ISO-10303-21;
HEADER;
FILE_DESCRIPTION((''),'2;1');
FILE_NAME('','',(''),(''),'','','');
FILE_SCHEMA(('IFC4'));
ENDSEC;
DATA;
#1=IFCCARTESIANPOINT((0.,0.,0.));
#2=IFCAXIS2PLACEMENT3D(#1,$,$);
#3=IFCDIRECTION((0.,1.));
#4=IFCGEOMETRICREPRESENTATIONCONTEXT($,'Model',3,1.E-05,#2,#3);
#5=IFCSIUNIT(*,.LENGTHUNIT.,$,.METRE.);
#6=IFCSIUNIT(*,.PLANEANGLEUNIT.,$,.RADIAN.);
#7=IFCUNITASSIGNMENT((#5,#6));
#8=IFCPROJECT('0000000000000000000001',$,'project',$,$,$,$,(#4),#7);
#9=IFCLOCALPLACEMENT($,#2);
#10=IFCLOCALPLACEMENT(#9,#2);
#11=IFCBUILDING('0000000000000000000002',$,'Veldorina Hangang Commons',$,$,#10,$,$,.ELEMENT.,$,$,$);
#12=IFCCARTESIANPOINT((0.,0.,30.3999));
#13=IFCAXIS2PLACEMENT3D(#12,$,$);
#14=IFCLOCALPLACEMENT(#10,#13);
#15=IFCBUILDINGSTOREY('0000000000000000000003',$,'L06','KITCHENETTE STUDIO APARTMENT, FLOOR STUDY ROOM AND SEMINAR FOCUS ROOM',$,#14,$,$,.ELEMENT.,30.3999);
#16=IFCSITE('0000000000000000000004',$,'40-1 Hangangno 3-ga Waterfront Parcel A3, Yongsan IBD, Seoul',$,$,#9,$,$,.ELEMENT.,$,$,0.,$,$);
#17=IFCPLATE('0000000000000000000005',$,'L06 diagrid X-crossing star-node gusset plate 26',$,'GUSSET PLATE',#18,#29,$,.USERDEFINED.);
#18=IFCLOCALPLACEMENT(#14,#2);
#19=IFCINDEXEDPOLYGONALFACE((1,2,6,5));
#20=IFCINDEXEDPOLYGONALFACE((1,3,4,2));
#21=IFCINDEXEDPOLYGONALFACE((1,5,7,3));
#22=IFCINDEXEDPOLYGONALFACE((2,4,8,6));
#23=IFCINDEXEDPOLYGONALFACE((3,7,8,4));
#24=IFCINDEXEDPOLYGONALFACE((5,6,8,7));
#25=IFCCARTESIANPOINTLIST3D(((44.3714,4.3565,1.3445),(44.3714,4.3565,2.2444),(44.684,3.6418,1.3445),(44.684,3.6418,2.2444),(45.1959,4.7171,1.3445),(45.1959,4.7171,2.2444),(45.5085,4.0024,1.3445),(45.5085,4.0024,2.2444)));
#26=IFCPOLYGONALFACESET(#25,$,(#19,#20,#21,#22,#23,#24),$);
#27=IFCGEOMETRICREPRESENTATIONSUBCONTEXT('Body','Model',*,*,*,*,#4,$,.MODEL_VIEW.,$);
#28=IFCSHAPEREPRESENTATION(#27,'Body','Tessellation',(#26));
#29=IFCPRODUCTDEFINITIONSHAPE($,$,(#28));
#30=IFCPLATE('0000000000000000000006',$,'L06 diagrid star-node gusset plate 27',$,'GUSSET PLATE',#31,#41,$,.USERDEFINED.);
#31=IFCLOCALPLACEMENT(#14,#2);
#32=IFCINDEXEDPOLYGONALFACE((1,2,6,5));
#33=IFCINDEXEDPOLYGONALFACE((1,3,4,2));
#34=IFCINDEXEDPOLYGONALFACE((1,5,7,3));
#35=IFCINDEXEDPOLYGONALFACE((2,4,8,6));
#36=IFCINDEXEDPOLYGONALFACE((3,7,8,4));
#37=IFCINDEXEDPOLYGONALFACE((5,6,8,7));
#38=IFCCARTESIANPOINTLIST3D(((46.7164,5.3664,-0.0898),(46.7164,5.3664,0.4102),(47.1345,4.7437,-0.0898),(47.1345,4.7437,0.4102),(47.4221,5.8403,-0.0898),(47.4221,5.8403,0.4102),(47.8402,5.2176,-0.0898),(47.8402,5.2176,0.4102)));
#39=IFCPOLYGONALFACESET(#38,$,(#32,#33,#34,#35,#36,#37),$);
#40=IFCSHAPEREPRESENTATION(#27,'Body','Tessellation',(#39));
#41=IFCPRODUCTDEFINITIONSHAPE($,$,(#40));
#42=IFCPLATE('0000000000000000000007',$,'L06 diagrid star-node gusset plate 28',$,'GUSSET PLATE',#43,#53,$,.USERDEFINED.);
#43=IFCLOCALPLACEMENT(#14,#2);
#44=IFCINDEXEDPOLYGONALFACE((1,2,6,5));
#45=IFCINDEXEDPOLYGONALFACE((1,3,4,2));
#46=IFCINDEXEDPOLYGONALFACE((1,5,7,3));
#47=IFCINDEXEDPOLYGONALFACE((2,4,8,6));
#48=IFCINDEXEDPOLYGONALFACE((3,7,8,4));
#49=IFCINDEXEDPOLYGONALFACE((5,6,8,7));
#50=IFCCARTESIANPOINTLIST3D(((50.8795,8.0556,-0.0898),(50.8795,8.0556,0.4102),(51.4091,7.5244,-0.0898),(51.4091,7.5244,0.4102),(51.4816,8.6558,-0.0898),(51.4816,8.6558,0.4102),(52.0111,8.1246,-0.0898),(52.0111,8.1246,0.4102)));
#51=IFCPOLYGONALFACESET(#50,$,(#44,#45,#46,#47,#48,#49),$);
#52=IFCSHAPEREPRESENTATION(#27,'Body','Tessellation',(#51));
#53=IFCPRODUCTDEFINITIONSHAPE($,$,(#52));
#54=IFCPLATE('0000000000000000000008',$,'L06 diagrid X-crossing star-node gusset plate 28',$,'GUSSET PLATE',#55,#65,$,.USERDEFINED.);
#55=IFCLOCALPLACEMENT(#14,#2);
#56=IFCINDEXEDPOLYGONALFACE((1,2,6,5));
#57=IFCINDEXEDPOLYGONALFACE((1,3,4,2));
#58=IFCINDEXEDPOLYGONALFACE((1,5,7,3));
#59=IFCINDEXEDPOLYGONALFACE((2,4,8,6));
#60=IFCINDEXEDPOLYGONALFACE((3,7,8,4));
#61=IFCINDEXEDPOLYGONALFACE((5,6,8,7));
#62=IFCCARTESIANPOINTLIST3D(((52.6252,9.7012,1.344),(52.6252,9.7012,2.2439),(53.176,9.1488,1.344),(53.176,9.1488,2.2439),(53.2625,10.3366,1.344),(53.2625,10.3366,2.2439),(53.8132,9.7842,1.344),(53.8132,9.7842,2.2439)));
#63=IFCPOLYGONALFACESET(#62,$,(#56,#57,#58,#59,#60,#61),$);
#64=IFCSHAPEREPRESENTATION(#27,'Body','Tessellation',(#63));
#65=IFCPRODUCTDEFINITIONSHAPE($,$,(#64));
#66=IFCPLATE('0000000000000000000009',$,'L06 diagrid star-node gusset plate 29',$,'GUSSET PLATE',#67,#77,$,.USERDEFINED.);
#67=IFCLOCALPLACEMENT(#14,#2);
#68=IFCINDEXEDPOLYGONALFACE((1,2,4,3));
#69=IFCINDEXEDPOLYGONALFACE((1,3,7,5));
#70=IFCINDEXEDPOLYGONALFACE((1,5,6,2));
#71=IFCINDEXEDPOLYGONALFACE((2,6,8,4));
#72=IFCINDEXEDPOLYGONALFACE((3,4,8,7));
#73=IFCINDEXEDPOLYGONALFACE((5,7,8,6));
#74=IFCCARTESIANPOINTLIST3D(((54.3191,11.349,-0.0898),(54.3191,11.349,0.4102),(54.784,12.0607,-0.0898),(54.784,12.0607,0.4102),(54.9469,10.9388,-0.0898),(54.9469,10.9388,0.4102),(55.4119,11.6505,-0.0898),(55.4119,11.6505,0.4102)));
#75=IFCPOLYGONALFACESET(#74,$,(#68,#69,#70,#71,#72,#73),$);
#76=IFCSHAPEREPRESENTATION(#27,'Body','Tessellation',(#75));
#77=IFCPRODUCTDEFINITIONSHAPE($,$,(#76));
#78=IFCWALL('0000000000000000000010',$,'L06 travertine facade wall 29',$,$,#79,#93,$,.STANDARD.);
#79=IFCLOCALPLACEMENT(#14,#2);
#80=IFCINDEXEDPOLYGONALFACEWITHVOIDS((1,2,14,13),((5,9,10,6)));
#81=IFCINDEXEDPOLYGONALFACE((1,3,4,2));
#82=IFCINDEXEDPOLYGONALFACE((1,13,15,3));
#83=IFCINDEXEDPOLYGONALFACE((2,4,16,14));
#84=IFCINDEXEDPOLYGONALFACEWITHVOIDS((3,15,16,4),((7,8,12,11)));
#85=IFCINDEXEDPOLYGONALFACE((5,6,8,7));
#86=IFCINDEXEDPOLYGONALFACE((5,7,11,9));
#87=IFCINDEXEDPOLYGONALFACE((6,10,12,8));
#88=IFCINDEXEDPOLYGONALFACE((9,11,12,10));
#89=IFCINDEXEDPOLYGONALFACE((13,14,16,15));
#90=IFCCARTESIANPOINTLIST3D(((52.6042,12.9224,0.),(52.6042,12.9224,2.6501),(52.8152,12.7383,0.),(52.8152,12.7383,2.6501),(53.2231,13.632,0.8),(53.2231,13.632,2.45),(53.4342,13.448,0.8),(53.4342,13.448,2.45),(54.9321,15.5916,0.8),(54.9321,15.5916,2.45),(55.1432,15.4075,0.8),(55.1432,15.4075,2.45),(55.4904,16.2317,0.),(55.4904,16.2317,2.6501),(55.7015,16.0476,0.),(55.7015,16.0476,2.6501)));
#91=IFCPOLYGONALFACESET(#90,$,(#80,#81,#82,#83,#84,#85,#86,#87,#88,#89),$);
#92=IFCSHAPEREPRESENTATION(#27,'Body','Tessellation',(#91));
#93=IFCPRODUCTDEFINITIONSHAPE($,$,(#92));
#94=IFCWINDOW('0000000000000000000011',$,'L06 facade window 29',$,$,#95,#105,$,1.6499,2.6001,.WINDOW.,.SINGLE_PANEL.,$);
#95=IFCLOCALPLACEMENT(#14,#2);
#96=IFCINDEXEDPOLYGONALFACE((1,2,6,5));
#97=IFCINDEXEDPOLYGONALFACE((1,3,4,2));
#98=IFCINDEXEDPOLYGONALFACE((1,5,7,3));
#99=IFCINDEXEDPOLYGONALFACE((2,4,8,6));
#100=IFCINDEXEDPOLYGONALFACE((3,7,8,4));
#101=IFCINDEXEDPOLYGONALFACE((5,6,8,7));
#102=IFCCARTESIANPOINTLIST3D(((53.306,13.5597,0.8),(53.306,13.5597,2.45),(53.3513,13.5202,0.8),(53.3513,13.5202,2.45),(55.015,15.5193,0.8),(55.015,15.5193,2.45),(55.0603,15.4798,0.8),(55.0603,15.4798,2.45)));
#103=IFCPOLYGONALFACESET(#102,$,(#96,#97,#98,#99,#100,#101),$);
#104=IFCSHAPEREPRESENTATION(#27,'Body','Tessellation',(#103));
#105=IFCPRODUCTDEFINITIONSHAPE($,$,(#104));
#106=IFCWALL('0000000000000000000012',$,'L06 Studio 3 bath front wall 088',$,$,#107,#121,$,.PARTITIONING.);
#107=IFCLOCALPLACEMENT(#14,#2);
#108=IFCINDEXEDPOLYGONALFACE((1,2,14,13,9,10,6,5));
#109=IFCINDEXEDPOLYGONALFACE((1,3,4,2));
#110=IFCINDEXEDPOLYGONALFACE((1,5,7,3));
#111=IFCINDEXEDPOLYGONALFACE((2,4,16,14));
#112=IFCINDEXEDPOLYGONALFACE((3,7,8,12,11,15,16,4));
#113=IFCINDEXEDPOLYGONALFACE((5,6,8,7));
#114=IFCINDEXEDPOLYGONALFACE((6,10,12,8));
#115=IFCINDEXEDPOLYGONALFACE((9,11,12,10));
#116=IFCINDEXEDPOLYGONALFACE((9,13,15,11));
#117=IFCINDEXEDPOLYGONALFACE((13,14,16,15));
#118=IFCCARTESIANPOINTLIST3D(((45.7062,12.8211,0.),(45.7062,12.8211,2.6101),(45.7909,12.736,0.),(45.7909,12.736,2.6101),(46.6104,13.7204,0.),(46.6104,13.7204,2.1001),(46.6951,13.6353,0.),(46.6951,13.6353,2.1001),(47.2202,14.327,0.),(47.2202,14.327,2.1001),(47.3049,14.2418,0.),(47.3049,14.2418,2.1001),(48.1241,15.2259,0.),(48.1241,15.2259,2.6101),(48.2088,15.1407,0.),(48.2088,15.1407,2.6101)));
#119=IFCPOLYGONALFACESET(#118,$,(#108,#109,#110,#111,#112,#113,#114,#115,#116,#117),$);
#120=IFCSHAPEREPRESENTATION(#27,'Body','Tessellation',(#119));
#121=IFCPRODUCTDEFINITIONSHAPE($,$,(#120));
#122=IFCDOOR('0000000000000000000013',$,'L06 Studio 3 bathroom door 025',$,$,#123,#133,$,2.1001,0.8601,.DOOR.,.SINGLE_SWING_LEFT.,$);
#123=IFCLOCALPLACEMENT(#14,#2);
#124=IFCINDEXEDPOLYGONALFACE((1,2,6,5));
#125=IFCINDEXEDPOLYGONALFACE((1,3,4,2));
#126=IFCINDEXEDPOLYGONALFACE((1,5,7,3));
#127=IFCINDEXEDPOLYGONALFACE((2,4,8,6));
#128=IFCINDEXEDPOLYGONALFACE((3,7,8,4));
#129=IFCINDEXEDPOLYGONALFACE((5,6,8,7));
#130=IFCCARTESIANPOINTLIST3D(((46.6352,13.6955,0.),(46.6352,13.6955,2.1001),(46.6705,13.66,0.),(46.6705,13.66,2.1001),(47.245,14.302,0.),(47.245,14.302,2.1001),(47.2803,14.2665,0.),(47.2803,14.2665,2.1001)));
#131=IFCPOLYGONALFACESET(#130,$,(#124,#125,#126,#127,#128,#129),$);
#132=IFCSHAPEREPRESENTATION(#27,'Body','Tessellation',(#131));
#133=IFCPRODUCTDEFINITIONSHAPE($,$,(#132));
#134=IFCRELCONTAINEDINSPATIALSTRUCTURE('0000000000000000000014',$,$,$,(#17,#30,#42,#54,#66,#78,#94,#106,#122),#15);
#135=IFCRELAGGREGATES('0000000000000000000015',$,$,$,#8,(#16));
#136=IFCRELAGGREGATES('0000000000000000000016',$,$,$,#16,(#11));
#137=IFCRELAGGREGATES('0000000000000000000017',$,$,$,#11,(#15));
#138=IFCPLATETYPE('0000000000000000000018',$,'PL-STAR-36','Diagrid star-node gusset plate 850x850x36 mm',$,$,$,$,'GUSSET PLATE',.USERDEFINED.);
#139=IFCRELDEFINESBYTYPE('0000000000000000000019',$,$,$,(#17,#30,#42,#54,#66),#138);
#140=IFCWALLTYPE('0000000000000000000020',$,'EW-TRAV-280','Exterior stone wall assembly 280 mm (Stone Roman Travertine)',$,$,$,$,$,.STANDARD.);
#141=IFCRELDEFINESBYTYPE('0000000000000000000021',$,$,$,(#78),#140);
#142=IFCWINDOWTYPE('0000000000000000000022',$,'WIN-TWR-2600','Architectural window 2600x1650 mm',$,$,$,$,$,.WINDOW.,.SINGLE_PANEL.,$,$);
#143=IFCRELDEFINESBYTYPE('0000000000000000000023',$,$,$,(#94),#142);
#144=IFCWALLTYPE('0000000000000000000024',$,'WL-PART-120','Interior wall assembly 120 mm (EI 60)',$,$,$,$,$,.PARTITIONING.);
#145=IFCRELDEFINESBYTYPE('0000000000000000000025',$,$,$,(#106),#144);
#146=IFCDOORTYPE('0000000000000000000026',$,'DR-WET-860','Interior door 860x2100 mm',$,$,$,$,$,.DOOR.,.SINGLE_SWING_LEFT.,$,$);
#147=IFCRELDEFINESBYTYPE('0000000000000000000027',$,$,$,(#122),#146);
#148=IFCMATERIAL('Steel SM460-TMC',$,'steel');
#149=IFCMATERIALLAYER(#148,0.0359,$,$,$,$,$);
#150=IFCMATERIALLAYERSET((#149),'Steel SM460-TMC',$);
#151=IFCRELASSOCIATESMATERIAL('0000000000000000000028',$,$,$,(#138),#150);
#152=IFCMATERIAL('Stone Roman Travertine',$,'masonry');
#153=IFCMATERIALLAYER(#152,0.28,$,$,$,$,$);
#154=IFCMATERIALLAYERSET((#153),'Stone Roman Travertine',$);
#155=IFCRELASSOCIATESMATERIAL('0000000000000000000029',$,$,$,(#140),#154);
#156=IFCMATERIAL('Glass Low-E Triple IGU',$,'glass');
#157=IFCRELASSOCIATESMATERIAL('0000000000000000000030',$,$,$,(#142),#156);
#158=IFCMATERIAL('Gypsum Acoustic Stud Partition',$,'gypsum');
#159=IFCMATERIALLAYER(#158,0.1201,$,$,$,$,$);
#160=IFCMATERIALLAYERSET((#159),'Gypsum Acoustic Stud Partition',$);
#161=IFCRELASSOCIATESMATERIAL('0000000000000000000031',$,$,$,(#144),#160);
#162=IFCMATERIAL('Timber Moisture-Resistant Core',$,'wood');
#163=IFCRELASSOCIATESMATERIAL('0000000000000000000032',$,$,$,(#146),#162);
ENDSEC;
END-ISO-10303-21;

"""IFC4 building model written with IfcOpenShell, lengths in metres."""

from ifc_helpers import new_model, si_unit, direction, frame, frame_2d, origin, origin_2d, place, context, subcontext, project, spatial, rectangle, extrude, material, layer, layer_set, type_object, element, fill, save


model = new_model("IFC4")

# Units and contexts
model_context = context("Model", 3, precision=1e-05, world=origin(), true_north=direction((0.0, 1.0)))
body_context = subcontext(model_context, "Body", "Model", "MODEL_VIEW")
ifc_project = project(units=[si_unit("LENGTHUNIT", "METRE"), si_unit("PLANEANGLEUNIT", "RADIAN")], contexts=[model_context])

# Site, building, storey
site_placement = place(None, origin())
site = spatial("IfcSite", under=ifc_project, at=site_placement, Name="40-1 Hangangno 3-ga Waterfront Parcel A3, Yongsan IBD, Seoul", CompositionType="ELEMENT", RefElevation=0.0)
building_placement = place(site_placement, origin())
building = spatial("IfcBuilding", under=site, at=building_placement, Name="Veldorina Hangang Commons", CompositionType="ELEMENT")
storey_placement = place(building_placement, frame((0.0, 0.0, 30.3999)))
storey = spatial("IfcBuildingStorey", under=building, at=storey_placement, Name="L06", Description="KITCHENETTE STUDIO APARTMENT, FLOOR STUDY ROOM AND SEMINAR FOCUS ROOM", CompositionType="ELEMENT", Elevation=30.3999)

# Shared definitions
ifc_material_1 = material(Name="Steel SM460-TMC", Category="steel")

# Shared definitions
ifc_material_2 = material(Name="Glass Low-E Triple IGU", Category="glass")

# Plates
ifc_layer_1 = layer(ifc_material_1, 0.0359)
ifc_layer_set_1 = layer_set([ifc_layer_1], Name="Steel SM460-TMC")
plate_type_1 = type_object("IfcPlateType", Name="PL-STAR-36", Description="Diagrid star-node gusset plate 850x850x36 mm", ElementType="GUSSET PLATE", PredefinedType="USERDEFINED", material=ifc_layer_set_1)
plate_1_placement = place(storey_placement, frame((44.9399, 4.1794, 1.3445), z_axis=(0.0, 0.0, 1.0), x_axis=(0.916216, 0.400685, 0.0)))
element("IfcPlate", 1, at=plate_1_placement, inside=storey, type_object=plate_type_1, Name="L06 diagrid X-crossing star-node gusset plate 26", ObjectType="GUSSET PLATE", PredefinedType="USERDEFINED", context=body_context, shape_type="SweptSolid", body=[
    extrude(rectangle(XDim=0.8999, YDim=0.78, at=origin_2d()), origin(), (0.0, 0.0, 1.0), 0.8999),
])
for number, where, z_axis, x_axis, name in (
    (2, (47.2783, 5.292, -0.0898), (0.0, 0.0, 1.0), (0.830197, 0.55747, 0.0), "L06 diagrid star-node gusset plate 27"),
    (3, (51.4453, 8.0901, -0.0898), (0.0, 0.0, 1.0), (0.70818, 0.706032, 0.0), "L06 diagrid star-node gusset plate 28"),
):
    element("IfcPlate", number, at=place(storey_placement, frame(where, z_axis=z_axis, x_axis=x_axis)), inside=storey, type_object=plate_type_1, Name=name, ObjectType="GUSSET PLATE", PredefinedType="USERDEFINED", context=body_context, shape_type="SweptSolid", body=[
        extrude(rectangle(XDim=0.8501, YDim=0.75, at=origin_2d()), origin(), (0.0, 0.0, 1.0), 0.5),
    ])
plate_2_placement = place(storey_placement, frame((53.2192, 9.7427, 1.344), z_axis=(0.0, 0.0, 1.0), x_axis=(0.70818, 0.706032, 0.0)))
element("IfcPlate", 4, at=plate_2_placement, inside=storey, type_object=plate_type_1, Name="L06 diagrid X-crossing star-node gusset plate 28", ObjectType="GUSSET PLATE", PredefinedType="USERDEFINED", context=body_context, shape_type="SweptSolid", body=[
    extrude(rectangle(XDim=0.8999, YDim=0.78, at=origin_2d()), origin(), (0.0, 0.0, 1.0), 0.8999),
])
plate_3_placement = place(storey_placement, frame((54.8655, 11.4998, -0.0898), z_axis=(0.0, 0.0, 1.0), x_axis=(0.546935, 0.837175, 0.0)))
element("IfcPlate", 5, at=plate_3_placement, inside=storey, type_object=plate_type_1, Name="L06 diagrid star-node gusset plate 29", ObjectType="GUSSET PLATE", PredefinedType="USERDEFINED", context=body_context, shape_type="SweptSolid", body=[
    extrude(rectangle(XDim=0.8501, YDim=0.75, at=origin_2d()), origin(), (0.0, 0.0, 1.0), 0.5),
])

# Wall, opening, window
ifc_material_3 = material(Name="Stone Roman Travertine", Category="masonry")
ifc_layer_2 = layer(ifc_material_3, 0.28)
ifc_layer_set_2 = layer_set([ifc_layer_2], Name="Stone Roman Travertine")
wall_type_1 = type_object("IfcWallType", Name="EW-TRAV-280", Description="Exterior stone wall assembly 280 mm (Stone Roman Travertine)", PredefinedType="STANDARD", material=ifc_layer_set_2)
wall_1_placement = place(storey_placement, frame((52.7097, 12.8303, 0.0), z_axis=(0.0, 0.0, 1.0), x_axis=(0.657287, 0.75364, 0.0)))
wall_1 = element("IfcWall", 6, at=wall_1_placement, inside=storey, type_object=wall_type_1, Name="L06 travertine facade wall 29", PredefinedType="STANDARD", context=body_context, shape_type="SweptSolid", body=[
    extrude(rectangle(XDim=4.3911, YDim=0.28, at=frame_2d((2.1956, 0.0))), origin(), (0.0, 0.0, 1.0), 2.6501),
])
opening_1_placement = place(wall_1_placement, frame((0.9417, 0.0, 0.8)))
opening_1 = element("IfcOpeningElement", 7, at=opening_1_placement, cuts=wall_1, PredefinedType="OPENING", context=body_context, shape_type="SweptSolid", body=[
    extrude(rectangle(XDim=2.6001, YDim=1.6499, at=frame_2d((1.3, 0.825))), frame((0.0, 0.1499, 0.0), z_axis=(0.0, -1.0, 0.0), x_axis=(1.0, 0.0, 0.0)), (0.0, 0.0, 1.0), 0.3),
])
window_type = type_object("IfcWindowType", Name="WIN-TWR-2600", Description="Architectural window 2600x1650 mm", PartitioningType="SINGLE_PANEL", PredefinedType="WINDOW", material=ifc_material_2)
window_placement = place(opening_1_placement, origin())
window = element("IfcWindow", 8, at=window_placement, inside=storey, type_object=window_type, Name="L06 facade window 29", OverallHeight=1.6499, OverallWidth=2.6001, PartitioningType="SINGLE_PANEL", PredefinedType="WINDOW", context=body_context, shape_type="SweptSolid", body=[
    extrude(rectangle(XDim=2.6001, YDim=1.6499, at=frame_2d((1.3, 0.825))), frame((0.0, 0.03, 0.0), z_axis=(0.0, -1.0, 0.0), x_axis=(1.0, 0.0, 0.0)), (0.0, 0.0, 1.0), 0.0601),
])
fill(opening_1, window)

# Wall, opening, door
ifc_material_4 = material(Name="Gypsum Acoustic Stud Partition", Category="gypsum")
ifc_layer_3 = layer(ifc_material_4, 0.1201)
ifc_layer_set_3 = layer_set([ifc_layer_3], Name="Gypsum Acoustic Stud Partition")
wall_type_2 = type_object("IfcWallType", Name="WL-PART-120", Description="Interior wall assembly 120 mm (EI 60)", PredefinedType="PARTITIONING", material=ifc_layer_set_3)
wall_2_placement = place(storey_placement, frame((45.7485, 12.7786, 0.0), z_axis=(0.0, 0.0, 1.0), x_axis=(0.709037, 0.705171, 0.0)))
wall_2 = element("IfcWall", 9, at=wall_2_placement, inside=storey, type_object=wall_type_2, Name="L06 Studio 3 bath front wall 088", PredefinedType="PARTITIONING", context=body_context, shape_type="SweptSolid", body=[
    extrude(rectangle(XDim=3.4102, YDim=0.1201, at=frame_2d((1.7051, 0.0))), origin(), (0.0, 0.0, 1.0), 2.6101),
])
opening_2_placement = place(wall_2_placement, frame((1.2751, 0.0, 0.0)))
opening_2 = element("IfcOpeningElement", 10, at=opening_2_placement, cuts=wall_2, PredefinedType="OPENING", context=body_context, shape_type="SweptSolid", body=[
    extrude(rectangle(XDim=0.8601, YDim=2.1001, at=frame_2d((0.4302, 1.05))), frame((0.0, 0.0701, 0.0), z_axis=(0.0, -1.0, 0.0), x_axis=(1.0, 0.0, 0.0)), (0.0, 0.0, 1.0), 0.1401),
])
ifc_material_5 = material(Name="Timber Moisture-Resistant Core", Category="wood")
door_type = type_object("IfcDoorType", Name="DR-WET-860", Description="Interior door 860x2100 mm", OperationType="SINGLE_SWING_LEFT", PredefinedType="DOOR", material=ifc_material_5)
door_placement = place(opening_2_placement, origin())
door = element("IfcDoor", 11, at=door_placement, inside=storey, type_object=door_type, Name="L06 Studio 3 bathroom door 025", OperationType="SINGLE_SWING_LEFT", OverallHeight=2.1001, OverallWidth=0.8601, PredefinedType="DOOR", context=body_context, shape_type="SweptSolid", body=[
    extrude(rectangle(XDim=0.8601, YDim=2.1001, at=frame_2d((0.4302, 1.05))), frame((0.0, 0.0249, 0.0), z_axis=(0.0, -1.0, 0.0), x_axis=(1.0, 0.0, 0.0)), (0.0, 0.0, 1.0), 0.05),
])
fill(opening_2, door)

save(model, "model.ifc")
